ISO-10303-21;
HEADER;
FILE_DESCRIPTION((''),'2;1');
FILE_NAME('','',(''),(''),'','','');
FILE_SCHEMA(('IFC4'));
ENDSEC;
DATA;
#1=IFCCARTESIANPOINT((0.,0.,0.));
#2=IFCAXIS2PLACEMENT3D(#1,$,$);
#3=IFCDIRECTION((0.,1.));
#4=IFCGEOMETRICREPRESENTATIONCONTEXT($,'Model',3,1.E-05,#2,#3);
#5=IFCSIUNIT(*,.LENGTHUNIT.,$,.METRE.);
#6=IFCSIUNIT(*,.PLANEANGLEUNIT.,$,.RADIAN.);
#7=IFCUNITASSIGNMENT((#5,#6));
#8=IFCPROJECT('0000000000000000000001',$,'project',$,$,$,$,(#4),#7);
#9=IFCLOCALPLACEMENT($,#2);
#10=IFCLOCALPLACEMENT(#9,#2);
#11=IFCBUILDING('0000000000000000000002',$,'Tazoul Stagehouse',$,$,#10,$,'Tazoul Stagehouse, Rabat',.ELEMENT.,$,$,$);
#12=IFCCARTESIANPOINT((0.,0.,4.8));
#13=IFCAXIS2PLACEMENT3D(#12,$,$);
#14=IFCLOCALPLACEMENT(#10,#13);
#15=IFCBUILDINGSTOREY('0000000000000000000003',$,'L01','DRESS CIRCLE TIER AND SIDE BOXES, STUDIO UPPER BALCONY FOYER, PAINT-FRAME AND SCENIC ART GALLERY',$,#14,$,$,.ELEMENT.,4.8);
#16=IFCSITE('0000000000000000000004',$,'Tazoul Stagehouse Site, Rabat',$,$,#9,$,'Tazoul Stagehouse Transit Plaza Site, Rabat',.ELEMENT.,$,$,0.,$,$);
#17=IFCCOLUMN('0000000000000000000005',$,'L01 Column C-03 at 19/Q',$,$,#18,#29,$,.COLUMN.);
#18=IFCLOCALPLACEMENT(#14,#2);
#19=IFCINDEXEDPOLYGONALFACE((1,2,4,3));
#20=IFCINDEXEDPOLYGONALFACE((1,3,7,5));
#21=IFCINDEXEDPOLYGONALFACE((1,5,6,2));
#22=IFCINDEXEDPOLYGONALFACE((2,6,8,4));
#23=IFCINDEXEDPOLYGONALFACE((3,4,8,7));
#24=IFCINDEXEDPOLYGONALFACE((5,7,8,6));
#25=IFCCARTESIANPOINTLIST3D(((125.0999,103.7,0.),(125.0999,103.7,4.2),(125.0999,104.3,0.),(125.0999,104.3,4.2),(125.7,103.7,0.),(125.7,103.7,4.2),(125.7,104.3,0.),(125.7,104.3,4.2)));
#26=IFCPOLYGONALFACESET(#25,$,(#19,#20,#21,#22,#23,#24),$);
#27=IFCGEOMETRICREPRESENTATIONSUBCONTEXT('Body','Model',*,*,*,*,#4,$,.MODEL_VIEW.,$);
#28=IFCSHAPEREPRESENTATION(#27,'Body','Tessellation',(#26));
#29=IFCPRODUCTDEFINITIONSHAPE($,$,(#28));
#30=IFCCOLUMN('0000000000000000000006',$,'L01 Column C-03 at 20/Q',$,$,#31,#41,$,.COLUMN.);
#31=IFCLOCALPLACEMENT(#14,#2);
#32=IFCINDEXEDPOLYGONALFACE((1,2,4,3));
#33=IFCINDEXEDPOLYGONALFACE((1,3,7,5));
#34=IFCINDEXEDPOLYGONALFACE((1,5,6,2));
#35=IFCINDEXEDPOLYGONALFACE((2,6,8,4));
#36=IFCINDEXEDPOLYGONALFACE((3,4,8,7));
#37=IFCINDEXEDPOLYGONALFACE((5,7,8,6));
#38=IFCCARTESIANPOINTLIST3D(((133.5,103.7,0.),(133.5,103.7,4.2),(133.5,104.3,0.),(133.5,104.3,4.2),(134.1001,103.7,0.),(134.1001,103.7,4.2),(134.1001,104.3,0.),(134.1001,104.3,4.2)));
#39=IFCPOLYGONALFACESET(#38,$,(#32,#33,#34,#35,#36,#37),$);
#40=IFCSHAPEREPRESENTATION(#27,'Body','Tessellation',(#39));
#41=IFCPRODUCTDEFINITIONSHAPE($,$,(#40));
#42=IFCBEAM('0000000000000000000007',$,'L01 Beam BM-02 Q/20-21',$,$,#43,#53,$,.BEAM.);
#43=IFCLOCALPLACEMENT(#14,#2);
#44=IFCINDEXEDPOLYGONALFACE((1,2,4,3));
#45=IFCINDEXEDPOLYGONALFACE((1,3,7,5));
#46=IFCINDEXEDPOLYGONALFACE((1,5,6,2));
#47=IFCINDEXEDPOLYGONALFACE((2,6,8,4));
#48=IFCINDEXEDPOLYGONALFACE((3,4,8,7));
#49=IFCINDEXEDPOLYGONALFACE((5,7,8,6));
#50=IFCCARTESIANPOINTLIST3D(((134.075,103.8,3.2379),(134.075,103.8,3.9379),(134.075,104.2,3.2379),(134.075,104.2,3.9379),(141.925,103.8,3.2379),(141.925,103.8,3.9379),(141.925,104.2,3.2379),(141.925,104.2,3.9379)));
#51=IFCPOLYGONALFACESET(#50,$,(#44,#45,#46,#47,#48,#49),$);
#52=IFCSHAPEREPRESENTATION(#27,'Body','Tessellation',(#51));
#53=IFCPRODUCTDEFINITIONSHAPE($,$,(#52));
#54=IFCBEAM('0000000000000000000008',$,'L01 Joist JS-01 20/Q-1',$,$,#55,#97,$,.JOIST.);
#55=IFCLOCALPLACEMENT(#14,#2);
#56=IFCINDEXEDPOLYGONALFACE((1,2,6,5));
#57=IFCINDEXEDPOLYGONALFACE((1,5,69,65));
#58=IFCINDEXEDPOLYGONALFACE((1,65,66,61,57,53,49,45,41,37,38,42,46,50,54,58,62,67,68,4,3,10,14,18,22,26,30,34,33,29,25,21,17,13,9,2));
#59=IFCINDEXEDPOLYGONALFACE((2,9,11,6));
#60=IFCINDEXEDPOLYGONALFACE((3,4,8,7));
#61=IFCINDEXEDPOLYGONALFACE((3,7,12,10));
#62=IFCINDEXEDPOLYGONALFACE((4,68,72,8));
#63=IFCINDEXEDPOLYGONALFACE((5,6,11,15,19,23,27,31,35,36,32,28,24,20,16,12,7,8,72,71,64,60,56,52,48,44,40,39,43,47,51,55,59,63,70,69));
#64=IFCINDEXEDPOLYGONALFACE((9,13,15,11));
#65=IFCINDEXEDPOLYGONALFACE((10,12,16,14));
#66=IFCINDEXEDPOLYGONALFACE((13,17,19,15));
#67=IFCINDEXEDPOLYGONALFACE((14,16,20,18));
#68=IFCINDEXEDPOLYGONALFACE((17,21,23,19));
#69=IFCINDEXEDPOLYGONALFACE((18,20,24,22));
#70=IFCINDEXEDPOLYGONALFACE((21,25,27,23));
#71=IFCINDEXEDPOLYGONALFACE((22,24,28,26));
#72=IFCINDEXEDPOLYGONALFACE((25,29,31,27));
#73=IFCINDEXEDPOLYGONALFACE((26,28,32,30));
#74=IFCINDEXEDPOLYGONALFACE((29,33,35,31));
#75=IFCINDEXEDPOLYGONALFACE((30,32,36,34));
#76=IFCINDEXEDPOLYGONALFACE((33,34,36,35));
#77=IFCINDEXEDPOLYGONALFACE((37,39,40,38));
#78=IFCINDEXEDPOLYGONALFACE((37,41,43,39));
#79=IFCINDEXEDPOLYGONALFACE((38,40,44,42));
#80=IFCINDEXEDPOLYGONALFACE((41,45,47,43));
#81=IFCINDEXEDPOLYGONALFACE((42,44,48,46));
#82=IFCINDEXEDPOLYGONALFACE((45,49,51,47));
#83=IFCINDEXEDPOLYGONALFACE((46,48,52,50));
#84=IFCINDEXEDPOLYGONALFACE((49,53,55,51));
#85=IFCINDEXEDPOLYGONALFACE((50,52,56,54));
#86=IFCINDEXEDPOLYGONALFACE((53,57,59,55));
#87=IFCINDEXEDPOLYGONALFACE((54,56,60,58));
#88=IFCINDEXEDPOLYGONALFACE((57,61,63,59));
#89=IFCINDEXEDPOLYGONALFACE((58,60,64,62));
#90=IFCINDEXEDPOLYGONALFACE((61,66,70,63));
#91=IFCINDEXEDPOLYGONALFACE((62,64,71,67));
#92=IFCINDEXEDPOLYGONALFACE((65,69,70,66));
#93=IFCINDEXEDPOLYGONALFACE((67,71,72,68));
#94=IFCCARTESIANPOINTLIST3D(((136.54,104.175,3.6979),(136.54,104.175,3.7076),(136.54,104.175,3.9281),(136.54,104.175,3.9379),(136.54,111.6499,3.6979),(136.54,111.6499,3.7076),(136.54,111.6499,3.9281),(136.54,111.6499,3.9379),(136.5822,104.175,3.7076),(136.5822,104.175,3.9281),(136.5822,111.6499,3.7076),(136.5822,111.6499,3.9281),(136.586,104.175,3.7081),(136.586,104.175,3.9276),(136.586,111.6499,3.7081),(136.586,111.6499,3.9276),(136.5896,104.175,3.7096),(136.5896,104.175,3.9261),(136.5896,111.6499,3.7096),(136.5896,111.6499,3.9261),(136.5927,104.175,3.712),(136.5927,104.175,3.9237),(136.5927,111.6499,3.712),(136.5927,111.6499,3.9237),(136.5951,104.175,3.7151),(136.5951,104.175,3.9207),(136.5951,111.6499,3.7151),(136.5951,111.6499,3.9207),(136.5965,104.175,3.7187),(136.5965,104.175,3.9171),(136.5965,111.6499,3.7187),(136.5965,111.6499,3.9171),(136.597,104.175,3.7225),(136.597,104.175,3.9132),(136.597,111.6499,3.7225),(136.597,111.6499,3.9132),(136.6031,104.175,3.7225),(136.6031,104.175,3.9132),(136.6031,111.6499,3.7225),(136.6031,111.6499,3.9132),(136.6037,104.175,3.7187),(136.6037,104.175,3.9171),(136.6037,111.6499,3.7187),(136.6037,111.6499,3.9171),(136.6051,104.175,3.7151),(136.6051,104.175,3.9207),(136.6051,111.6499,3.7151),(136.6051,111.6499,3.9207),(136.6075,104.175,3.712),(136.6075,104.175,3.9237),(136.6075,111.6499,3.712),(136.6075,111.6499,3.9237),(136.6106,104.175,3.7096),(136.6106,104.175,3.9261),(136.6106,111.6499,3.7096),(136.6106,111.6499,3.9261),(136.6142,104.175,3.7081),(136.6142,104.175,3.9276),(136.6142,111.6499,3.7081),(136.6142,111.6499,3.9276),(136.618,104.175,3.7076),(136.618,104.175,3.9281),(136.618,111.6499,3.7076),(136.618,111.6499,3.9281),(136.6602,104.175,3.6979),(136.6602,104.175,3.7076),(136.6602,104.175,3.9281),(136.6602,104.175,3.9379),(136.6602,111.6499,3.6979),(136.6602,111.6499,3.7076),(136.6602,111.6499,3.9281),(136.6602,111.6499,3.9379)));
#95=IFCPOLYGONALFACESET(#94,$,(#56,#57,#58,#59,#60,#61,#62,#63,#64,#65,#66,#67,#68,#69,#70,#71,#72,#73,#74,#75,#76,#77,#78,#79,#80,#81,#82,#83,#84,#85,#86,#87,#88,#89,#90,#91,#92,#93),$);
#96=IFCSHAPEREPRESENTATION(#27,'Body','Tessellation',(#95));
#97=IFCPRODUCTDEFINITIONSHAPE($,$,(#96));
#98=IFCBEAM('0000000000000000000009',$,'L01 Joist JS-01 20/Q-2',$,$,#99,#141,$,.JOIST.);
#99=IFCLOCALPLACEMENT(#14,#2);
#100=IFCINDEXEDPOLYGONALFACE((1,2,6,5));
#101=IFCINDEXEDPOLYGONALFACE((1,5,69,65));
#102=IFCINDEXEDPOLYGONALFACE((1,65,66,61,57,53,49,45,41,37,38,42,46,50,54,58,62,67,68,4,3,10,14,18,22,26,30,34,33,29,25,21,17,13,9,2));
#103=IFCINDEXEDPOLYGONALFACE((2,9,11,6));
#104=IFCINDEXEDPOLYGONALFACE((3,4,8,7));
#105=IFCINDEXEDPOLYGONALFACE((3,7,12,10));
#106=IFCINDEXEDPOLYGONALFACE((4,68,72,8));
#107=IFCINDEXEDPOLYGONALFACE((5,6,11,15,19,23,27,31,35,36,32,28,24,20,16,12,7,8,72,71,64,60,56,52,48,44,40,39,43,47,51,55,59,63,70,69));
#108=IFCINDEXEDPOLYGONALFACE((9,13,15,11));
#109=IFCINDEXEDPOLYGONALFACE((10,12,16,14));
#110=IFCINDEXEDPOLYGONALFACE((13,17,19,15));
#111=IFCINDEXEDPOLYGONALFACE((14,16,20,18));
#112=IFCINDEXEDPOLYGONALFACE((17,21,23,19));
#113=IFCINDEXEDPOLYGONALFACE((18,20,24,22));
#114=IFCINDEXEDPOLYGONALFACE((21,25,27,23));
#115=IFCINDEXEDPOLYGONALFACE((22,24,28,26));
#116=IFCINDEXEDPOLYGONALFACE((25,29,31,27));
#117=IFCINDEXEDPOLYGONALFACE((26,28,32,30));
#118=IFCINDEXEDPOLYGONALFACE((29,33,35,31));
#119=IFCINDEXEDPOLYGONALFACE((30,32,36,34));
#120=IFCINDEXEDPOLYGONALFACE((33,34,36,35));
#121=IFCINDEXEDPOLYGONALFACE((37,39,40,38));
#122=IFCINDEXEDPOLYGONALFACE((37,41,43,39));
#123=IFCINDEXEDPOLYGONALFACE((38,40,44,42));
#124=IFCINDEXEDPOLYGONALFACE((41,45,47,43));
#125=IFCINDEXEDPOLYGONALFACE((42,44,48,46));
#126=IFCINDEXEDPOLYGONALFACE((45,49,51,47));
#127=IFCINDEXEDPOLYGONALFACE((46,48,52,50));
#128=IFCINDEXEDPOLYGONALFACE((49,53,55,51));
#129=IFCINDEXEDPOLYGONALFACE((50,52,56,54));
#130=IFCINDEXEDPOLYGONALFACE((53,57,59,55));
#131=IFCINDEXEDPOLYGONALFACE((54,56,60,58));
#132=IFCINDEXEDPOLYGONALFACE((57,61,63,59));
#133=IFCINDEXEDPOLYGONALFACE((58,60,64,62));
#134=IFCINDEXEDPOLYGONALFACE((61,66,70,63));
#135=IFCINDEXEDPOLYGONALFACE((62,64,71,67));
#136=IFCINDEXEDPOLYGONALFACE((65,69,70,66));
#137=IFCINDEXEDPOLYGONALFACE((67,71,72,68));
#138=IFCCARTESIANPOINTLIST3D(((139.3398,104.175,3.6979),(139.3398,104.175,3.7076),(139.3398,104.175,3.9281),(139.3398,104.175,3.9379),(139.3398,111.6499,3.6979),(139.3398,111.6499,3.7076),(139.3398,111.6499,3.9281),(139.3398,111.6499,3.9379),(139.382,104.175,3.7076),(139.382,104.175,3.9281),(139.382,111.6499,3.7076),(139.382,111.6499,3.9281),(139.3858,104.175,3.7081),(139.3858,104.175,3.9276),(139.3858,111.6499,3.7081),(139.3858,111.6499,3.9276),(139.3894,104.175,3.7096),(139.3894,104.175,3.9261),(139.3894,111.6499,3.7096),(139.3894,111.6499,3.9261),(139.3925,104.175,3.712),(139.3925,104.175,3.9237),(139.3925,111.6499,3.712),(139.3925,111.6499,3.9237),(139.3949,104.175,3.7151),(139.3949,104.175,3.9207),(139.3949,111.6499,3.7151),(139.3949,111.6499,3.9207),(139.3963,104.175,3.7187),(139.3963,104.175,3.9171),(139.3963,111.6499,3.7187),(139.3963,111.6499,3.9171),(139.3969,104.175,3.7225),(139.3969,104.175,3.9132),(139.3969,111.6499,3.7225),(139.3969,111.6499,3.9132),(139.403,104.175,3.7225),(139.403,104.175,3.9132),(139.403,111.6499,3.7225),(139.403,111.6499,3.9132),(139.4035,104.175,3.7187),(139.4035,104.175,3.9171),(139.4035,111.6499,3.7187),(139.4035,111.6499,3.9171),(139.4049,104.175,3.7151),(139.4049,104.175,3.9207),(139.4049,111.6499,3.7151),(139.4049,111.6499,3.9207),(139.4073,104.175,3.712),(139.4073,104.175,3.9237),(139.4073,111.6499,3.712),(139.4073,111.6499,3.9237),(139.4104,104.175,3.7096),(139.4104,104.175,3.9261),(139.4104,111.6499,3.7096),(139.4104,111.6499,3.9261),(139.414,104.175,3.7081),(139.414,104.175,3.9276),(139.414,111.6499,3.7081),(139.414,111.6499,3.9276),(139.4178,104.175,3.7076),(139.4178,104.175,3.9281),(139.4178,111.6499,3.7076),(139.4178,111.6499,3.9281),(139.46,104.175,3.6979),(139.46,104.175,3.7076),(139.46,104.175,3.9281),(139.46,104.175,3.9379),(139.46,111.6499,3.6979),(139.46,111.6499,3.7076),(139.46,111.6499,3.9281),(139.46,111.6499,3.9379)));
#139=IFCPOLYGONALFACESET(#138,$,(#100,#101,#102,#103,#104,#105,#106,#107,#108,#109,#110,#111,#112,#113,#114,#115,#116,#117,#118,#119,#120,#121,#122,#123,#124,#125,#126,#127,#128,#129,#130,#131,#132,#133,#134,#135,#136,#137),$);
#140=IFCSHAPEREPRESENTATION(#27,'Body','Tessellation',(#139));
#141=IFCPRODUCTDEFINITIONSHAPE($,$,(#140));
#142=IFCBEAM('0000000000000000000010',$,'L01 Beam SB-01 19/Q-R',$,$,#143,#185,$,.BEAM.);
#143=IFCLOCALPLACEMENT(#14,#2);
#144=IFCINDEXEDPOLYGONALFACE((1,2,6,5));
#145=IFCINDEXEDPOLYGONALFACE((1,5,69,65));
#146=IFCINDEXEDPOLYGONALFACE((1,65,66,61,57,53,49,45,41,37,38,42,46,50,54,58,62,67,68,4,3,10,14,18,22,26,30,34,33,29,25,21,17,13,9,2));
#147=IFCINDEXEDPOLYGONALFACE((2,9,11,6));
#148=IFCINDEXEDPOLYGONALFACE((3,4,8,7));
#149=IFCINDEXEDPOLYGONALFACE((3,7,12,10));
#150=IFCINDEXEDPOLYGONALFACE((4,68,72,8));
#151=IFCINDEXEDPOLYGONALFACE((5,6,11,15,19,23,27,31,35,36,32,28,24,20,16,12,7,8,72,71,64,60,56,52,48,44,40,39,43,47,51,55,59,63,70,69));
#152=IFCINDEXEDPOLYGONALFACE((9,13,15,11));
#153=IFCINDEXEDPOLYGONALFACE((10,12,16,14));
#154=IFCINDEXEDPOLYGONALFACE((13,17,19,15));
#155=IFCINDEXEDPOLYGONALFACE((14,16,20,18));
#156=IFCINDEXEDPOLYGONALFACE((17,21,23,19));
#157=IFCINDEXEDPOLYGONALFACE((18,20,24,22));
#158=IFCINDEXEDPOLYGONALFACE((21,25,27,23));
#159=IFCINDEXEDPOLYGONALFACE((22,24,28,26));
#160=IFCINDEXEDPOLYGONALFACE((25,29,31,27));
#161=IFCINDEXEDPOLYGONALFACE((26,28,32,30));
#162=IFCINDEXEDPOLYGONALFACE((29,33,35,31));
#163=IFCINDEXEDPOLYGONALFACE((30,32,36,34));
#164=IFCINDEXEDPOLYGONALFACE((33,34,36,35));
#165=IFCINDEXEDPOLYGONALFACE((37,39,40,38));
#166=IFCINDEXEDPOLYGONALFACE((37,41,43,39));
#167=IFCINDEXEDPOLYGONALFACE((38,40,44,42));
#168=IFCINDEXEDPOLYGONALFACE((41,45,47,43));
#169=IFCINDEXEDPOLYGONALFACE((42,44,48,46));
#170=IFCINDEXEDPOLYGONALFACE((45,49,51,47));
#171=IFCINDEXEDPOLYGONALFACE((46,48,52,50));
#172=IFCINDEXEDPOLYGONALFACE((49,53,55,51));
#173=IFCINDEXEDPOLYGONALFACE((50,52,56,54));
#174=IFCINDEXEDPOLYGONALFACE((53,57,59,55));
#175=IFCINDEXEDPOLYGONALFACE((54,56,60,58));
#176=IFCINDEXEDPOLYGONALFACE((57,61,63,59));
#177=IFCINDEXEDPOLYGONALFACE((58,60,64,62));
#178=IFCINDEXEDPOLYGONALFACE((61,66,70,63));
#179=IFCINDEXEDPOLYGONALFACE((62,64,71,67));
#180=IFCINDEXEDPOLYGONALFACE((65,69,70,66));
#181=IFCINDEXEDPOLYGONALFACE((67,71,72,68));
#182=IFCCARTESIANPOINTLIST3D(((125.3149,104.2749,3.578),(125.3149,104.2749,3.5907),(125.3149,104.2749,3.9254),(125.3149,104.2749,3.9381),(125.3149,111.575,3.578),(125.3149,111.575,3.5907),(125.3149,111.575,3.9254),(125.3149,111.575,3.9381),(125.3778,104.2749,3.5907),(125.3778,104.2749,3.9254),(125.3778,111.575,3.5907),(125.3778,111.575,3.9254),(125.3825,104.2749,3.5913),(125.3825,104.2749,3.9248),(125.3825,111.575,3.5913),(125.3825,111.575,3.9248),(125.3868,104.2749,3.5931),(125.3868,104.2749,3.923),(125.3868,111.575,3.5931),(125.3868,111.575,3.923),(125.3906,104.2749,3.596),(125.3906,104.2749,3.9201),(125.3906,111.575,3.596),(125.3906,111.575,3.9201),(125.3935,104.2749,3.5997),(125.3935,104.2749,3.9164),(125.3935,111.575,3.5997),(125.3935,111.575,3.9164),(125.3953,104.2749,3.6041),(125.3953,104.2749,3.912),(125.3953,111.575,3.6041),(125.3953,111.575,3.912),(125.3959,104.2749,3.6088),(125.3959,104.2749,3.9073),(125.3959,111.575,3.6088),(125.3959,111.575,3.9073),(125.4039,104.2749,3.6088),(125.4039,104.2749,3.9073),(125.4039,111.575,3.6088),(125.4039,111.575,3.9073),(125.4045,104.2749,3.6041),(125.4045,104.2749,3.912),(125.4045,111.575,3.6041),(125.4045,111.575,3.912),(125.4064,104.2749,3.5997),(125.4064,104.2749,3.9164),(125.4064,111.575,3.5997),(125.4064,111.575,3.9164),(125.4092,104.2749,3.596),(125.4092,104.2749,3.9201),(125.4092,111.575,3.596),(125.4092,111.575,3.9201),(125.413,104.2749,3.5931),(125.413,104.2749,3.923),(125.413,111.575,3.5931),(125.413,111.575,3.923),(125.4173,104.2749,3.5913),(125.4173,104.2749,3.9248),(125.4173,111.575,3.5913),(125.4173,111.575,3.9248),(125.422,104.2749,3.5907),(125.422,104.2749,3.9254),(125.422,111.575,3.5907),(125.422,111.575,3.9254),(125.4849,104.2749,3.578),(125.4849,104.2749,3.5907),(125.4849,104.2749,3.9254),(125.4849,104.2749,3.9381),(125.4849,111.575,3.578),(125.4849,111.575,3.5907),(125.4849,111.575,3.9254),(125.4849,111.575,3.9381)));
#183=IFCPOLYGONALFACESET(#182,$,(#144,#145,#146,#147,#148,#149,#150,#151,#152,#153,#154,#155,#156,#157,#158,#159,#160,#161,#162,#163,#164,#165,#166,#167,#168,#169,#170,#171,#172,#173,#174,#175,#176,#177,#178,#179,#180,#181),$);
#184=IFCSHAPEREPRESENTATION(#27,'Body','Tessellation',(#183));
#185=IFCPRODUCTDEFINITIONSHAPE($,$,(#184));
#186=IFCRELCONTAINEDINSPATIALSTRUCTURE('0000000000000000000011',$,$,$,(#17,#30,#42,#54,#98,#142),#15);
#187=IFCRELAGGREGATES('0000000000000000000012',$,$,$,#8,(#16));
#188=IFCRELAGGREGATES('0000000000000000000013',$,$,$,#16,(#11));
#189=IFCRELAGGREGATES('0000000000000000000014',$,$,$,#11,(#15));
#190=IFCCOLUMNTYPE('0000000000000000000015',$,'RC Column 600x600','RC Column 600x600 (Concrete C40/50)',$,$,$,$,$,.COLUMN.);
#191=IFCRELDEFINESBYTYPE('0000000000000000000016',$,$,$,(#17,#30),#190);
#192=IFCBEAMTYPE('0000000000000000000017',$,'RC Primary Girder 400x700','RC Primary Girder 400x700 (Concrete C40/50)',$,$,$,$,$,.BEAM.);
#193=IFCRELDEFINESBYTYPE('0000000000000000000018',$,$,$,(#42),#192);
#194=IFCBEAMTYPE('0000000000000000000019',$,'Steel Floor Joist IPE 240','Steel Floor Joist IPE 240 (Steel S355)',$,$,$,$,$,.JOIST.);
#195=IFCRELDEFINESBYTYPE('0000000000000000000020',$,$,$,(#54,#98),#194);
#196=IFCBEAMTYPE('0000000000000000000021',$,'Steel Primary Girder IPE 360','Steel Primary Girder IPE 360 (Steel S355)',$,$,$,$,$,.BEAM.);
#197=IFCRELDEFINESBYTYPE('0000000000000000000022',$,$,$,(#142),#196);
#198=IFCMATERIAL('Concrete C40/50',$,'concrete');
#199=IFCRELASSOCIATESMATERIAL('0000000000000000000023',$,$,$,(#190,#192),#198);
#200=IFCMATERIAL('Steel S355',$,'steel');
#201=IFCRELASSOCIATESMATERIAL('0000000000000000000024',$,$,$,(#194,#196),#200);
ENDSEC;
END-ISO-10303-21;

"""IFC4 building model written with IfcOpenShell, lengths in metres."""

from ifc_helpers import new_model, si_unit, direction, frame, origin, origin_2d, place, context, subcontext, project, spatial, rectangle, i_section, extrude, material, material_profile, profile_set, type_object, element, save


model = new_model("IFC4")

# Units and contexts
model_context = context("Model", 3, precision=1e-05, world=origin(), true_north=direction((0.0, 1.0)))
body_context = subcontext(model_context, "Body", "Model", "MODEL_VIEW")
ifc_project = project(units=[si_unit("LENGTHUNIT", "METRE"), si_unit("PLANEANGLEUNIT", "RADIAN")], contexts=[model_context])

# Site, building, storey
site_placement = place(None, origin())
site = spatial("IfcSite", under=ifc_project, at=site_placement, Name="Tazoul Stagehouse Site, Rabat", LongName="Tazoul Stagehouse Transit Plaza Site, Rabat", CompositionType="ELEMENT", RefElevation=0.0)
building_placement = place(site_placement, origin())
building = spatial("IfcBuilding", under=site, at=building_placement, Name="Tazoul Stagehouse", LongName="Tazoul Stagehouse, Rabat", CompositionType="ELEMENT")
storey_placement = place(building_placement, frame((0.0, 0.0, 4.8)))
storey = spatial("IfcBuildingStorey", under=building, at=storey_placement, Name="L01", Description="DRESS CIRCLE TIER AND SIDE BOXES, STUDIO UPPER BALCONY FOYER, PAINT-FRAME AND SCENIC ART GALLERY", CompositionType="ELEMENT", Elevation=4.8)

# Columns
ifc_material_1 = material(Name="Concrete C40/50", Category="concrete")
ifc_material_profile_1 = material_profile(ifc_material_1, rectangle(XDim=0.6001, YDim=0.6001, at=origin_2d()), Name="RC 600x600")
ifc_profile_set_1 = profile_set([ifc_material_profile_1], Name="Concrete C40/50")
column_type = type_object("IfcColumnType", Name="RC Column 600x600", Description="RC Column 600x600 (Concrete C40/50)", PredefinedType="COLUMN", material=ifc_profile_set_1)
for number, where, z_axis, x_axis, name in (
    (1, (125.3999, 104.0, 0.0), (0.0, 0.0, 1.0), (1.0, 0.0, 0.0), "L01 Column C-03 at 19/Q"),
    (2, (133.8, 104.0, 0.0), (0.0, 0.0, 1.0), (1.0, 0.0, 0.0), "L01 Column C-03 at 20/Q"),
):
    element("IfcColumn", number, at=place(storey_placement, frame(where, z_axis=z_axis, x_axis=x_axis)), inside=storey, type_object=column_type, Name=name, PredefinedType="COLUMN", context=body_context, shape_type="SweptSolid", body=[
        extrude(rectangle(XDim=0.6001, YDim=0.6001, at=origin_2d()), origin(), (0.0, 0.0, 1.0), 4.2),
    ])

# Beams
ifc_material_profile_2 = material_profile(ifc_material_1, rectangle(XDim=0.3999, YDim=0.7, at=origin_2d()), Name="RC 400x700")
ifc_profile_set_2 = profile_set([ifc_material_profile_2], Name="Concrete C40/50")
beam_type_1 = type_object("IfcBeamType", Name="RC Primary Girder 400x700", Description="RC Primary Girder 400x700 (Concrete C40/50)", PredefinedType="BEAM", material=ifc_profile_set_2)
beam_placement = place(storey_placement, frame((134.075, 104.0, 3.5879), z_axis=(1.0, 0.0, 0.0), x_axis=(0.0, 1.0, 0.0)))
element("IfcBeam", 3, at=beam_placement, inside=storey, type_object=beam_type_1, Name="L01 Beam BM-02 Q/20-21", PredefinedType="BEAM", context=body_context, shape_type="SweptSolid", body=[
    extrude(rectangle(XDim=0.3999, YDim=0.7, at=origin_2d()), origin(), (0.0, 0.0, 1.0), 7.8501),
])
ifc_material_2 = material(Name="Steel S355", Category="steel")
ifc_material_profile_3 = material_profile(ifc_material_2, i_section(OverallWidth=0.1201, OverallDepth=0.24, WebThickness=0.0061, FlangeThickness=0.0098, FilletRadius=0.0149, at=origin_2d()), Name="IPE 240")
ifc_profile_set_3 = profile_set([ifc_material_profile_3], Name="Steel S355")
beam_type_2 = type_object("IfcBeamType", Name="Steel Floor Joist IPE 240", Description="Steel Floor Joist IPE 240 (Steel S355)", PredefinedType="JOIST", material=ifc_profile_set_3)
for number, where, z_axis, x_axis, name in (
    (4, (136.6001, 104.175, 3.8179), (0.0, 1.0, 0.0), (-1.0, 0.0, 0.0), "L01 Joist JS-01 20/Q-1"),
    (5, (139.3999, 104.175, 3.8179), (0.0, 1.0, 0.0), (-1.0, 0.0, 0.0), "L01 Joist JS-01 20/Q-2"),
):
    element("IfcBeam", number, at=place(storey_placement, frame(where, z_axis=z_axis, x_axis=x_axis)), inside=storey, type_object=beam_type_2, Name=name, PredefinedType="JOIST", context=body_context, shape_type="SweptSolid", body=[
        extrude(i_section(OverallWidth=0.1201, OverallDepth=0.24, WebThickness=0.0061, FlangeThickness=0.0098, FilletRadius=0.0149, at=origin_2d()), origin(), (0.0, 0.0, 1.0), 7.4749),
    ])
ifc_material_profile_4 = material_profile(ifc_material_2, i_section(OverallWidth=0.1699, OverallDepth=0.3601, WebThickness=0.0081, FlangeThickness=0.0127, FilletRadius=0.0181, at=origin_2d()), Name="IPE 360")
ifc_profile_set_4 = profile_set([ifc_material_profile_4], Name="Steel S355")
beam_type_3 = type_object("IfcBeamType", Name="Steel Primary Girder IPE 360", Description="Steel Primary Girder IPE 360 (Steel S355)", PredefinedType="BEAM", material=ifc_profile_set_4)
for number, where, z_axis, x_axis, name in (
    (6, (125.3999, 104.2749, 3.7581), (0.0, 1.0, 0.0), (-1.0, 0.0, 0.0), "L01 Beam SB-01 19/Q-R"),
):
    element("IfcBeam", number, at=place(storey_placement, frame(where, z_axis=z_axis, x_axis=x_axis)), inside=storey, type_object=beam_type_3, Name=name, PredefinedType="BEAM", context=body_context, shape_type="SweptSolid", body=[
        extrude(i_section(OverallWidth=0.1699, OverallDepth=0.3601, WebThickness=0.0081, FlangeThickness=0.0127, FilletRadius=0.0181, at=origin_2d()), origin(), (0.0, 0.0, 1.0), 7.3),
    ])

save(model, "model.ifc")
